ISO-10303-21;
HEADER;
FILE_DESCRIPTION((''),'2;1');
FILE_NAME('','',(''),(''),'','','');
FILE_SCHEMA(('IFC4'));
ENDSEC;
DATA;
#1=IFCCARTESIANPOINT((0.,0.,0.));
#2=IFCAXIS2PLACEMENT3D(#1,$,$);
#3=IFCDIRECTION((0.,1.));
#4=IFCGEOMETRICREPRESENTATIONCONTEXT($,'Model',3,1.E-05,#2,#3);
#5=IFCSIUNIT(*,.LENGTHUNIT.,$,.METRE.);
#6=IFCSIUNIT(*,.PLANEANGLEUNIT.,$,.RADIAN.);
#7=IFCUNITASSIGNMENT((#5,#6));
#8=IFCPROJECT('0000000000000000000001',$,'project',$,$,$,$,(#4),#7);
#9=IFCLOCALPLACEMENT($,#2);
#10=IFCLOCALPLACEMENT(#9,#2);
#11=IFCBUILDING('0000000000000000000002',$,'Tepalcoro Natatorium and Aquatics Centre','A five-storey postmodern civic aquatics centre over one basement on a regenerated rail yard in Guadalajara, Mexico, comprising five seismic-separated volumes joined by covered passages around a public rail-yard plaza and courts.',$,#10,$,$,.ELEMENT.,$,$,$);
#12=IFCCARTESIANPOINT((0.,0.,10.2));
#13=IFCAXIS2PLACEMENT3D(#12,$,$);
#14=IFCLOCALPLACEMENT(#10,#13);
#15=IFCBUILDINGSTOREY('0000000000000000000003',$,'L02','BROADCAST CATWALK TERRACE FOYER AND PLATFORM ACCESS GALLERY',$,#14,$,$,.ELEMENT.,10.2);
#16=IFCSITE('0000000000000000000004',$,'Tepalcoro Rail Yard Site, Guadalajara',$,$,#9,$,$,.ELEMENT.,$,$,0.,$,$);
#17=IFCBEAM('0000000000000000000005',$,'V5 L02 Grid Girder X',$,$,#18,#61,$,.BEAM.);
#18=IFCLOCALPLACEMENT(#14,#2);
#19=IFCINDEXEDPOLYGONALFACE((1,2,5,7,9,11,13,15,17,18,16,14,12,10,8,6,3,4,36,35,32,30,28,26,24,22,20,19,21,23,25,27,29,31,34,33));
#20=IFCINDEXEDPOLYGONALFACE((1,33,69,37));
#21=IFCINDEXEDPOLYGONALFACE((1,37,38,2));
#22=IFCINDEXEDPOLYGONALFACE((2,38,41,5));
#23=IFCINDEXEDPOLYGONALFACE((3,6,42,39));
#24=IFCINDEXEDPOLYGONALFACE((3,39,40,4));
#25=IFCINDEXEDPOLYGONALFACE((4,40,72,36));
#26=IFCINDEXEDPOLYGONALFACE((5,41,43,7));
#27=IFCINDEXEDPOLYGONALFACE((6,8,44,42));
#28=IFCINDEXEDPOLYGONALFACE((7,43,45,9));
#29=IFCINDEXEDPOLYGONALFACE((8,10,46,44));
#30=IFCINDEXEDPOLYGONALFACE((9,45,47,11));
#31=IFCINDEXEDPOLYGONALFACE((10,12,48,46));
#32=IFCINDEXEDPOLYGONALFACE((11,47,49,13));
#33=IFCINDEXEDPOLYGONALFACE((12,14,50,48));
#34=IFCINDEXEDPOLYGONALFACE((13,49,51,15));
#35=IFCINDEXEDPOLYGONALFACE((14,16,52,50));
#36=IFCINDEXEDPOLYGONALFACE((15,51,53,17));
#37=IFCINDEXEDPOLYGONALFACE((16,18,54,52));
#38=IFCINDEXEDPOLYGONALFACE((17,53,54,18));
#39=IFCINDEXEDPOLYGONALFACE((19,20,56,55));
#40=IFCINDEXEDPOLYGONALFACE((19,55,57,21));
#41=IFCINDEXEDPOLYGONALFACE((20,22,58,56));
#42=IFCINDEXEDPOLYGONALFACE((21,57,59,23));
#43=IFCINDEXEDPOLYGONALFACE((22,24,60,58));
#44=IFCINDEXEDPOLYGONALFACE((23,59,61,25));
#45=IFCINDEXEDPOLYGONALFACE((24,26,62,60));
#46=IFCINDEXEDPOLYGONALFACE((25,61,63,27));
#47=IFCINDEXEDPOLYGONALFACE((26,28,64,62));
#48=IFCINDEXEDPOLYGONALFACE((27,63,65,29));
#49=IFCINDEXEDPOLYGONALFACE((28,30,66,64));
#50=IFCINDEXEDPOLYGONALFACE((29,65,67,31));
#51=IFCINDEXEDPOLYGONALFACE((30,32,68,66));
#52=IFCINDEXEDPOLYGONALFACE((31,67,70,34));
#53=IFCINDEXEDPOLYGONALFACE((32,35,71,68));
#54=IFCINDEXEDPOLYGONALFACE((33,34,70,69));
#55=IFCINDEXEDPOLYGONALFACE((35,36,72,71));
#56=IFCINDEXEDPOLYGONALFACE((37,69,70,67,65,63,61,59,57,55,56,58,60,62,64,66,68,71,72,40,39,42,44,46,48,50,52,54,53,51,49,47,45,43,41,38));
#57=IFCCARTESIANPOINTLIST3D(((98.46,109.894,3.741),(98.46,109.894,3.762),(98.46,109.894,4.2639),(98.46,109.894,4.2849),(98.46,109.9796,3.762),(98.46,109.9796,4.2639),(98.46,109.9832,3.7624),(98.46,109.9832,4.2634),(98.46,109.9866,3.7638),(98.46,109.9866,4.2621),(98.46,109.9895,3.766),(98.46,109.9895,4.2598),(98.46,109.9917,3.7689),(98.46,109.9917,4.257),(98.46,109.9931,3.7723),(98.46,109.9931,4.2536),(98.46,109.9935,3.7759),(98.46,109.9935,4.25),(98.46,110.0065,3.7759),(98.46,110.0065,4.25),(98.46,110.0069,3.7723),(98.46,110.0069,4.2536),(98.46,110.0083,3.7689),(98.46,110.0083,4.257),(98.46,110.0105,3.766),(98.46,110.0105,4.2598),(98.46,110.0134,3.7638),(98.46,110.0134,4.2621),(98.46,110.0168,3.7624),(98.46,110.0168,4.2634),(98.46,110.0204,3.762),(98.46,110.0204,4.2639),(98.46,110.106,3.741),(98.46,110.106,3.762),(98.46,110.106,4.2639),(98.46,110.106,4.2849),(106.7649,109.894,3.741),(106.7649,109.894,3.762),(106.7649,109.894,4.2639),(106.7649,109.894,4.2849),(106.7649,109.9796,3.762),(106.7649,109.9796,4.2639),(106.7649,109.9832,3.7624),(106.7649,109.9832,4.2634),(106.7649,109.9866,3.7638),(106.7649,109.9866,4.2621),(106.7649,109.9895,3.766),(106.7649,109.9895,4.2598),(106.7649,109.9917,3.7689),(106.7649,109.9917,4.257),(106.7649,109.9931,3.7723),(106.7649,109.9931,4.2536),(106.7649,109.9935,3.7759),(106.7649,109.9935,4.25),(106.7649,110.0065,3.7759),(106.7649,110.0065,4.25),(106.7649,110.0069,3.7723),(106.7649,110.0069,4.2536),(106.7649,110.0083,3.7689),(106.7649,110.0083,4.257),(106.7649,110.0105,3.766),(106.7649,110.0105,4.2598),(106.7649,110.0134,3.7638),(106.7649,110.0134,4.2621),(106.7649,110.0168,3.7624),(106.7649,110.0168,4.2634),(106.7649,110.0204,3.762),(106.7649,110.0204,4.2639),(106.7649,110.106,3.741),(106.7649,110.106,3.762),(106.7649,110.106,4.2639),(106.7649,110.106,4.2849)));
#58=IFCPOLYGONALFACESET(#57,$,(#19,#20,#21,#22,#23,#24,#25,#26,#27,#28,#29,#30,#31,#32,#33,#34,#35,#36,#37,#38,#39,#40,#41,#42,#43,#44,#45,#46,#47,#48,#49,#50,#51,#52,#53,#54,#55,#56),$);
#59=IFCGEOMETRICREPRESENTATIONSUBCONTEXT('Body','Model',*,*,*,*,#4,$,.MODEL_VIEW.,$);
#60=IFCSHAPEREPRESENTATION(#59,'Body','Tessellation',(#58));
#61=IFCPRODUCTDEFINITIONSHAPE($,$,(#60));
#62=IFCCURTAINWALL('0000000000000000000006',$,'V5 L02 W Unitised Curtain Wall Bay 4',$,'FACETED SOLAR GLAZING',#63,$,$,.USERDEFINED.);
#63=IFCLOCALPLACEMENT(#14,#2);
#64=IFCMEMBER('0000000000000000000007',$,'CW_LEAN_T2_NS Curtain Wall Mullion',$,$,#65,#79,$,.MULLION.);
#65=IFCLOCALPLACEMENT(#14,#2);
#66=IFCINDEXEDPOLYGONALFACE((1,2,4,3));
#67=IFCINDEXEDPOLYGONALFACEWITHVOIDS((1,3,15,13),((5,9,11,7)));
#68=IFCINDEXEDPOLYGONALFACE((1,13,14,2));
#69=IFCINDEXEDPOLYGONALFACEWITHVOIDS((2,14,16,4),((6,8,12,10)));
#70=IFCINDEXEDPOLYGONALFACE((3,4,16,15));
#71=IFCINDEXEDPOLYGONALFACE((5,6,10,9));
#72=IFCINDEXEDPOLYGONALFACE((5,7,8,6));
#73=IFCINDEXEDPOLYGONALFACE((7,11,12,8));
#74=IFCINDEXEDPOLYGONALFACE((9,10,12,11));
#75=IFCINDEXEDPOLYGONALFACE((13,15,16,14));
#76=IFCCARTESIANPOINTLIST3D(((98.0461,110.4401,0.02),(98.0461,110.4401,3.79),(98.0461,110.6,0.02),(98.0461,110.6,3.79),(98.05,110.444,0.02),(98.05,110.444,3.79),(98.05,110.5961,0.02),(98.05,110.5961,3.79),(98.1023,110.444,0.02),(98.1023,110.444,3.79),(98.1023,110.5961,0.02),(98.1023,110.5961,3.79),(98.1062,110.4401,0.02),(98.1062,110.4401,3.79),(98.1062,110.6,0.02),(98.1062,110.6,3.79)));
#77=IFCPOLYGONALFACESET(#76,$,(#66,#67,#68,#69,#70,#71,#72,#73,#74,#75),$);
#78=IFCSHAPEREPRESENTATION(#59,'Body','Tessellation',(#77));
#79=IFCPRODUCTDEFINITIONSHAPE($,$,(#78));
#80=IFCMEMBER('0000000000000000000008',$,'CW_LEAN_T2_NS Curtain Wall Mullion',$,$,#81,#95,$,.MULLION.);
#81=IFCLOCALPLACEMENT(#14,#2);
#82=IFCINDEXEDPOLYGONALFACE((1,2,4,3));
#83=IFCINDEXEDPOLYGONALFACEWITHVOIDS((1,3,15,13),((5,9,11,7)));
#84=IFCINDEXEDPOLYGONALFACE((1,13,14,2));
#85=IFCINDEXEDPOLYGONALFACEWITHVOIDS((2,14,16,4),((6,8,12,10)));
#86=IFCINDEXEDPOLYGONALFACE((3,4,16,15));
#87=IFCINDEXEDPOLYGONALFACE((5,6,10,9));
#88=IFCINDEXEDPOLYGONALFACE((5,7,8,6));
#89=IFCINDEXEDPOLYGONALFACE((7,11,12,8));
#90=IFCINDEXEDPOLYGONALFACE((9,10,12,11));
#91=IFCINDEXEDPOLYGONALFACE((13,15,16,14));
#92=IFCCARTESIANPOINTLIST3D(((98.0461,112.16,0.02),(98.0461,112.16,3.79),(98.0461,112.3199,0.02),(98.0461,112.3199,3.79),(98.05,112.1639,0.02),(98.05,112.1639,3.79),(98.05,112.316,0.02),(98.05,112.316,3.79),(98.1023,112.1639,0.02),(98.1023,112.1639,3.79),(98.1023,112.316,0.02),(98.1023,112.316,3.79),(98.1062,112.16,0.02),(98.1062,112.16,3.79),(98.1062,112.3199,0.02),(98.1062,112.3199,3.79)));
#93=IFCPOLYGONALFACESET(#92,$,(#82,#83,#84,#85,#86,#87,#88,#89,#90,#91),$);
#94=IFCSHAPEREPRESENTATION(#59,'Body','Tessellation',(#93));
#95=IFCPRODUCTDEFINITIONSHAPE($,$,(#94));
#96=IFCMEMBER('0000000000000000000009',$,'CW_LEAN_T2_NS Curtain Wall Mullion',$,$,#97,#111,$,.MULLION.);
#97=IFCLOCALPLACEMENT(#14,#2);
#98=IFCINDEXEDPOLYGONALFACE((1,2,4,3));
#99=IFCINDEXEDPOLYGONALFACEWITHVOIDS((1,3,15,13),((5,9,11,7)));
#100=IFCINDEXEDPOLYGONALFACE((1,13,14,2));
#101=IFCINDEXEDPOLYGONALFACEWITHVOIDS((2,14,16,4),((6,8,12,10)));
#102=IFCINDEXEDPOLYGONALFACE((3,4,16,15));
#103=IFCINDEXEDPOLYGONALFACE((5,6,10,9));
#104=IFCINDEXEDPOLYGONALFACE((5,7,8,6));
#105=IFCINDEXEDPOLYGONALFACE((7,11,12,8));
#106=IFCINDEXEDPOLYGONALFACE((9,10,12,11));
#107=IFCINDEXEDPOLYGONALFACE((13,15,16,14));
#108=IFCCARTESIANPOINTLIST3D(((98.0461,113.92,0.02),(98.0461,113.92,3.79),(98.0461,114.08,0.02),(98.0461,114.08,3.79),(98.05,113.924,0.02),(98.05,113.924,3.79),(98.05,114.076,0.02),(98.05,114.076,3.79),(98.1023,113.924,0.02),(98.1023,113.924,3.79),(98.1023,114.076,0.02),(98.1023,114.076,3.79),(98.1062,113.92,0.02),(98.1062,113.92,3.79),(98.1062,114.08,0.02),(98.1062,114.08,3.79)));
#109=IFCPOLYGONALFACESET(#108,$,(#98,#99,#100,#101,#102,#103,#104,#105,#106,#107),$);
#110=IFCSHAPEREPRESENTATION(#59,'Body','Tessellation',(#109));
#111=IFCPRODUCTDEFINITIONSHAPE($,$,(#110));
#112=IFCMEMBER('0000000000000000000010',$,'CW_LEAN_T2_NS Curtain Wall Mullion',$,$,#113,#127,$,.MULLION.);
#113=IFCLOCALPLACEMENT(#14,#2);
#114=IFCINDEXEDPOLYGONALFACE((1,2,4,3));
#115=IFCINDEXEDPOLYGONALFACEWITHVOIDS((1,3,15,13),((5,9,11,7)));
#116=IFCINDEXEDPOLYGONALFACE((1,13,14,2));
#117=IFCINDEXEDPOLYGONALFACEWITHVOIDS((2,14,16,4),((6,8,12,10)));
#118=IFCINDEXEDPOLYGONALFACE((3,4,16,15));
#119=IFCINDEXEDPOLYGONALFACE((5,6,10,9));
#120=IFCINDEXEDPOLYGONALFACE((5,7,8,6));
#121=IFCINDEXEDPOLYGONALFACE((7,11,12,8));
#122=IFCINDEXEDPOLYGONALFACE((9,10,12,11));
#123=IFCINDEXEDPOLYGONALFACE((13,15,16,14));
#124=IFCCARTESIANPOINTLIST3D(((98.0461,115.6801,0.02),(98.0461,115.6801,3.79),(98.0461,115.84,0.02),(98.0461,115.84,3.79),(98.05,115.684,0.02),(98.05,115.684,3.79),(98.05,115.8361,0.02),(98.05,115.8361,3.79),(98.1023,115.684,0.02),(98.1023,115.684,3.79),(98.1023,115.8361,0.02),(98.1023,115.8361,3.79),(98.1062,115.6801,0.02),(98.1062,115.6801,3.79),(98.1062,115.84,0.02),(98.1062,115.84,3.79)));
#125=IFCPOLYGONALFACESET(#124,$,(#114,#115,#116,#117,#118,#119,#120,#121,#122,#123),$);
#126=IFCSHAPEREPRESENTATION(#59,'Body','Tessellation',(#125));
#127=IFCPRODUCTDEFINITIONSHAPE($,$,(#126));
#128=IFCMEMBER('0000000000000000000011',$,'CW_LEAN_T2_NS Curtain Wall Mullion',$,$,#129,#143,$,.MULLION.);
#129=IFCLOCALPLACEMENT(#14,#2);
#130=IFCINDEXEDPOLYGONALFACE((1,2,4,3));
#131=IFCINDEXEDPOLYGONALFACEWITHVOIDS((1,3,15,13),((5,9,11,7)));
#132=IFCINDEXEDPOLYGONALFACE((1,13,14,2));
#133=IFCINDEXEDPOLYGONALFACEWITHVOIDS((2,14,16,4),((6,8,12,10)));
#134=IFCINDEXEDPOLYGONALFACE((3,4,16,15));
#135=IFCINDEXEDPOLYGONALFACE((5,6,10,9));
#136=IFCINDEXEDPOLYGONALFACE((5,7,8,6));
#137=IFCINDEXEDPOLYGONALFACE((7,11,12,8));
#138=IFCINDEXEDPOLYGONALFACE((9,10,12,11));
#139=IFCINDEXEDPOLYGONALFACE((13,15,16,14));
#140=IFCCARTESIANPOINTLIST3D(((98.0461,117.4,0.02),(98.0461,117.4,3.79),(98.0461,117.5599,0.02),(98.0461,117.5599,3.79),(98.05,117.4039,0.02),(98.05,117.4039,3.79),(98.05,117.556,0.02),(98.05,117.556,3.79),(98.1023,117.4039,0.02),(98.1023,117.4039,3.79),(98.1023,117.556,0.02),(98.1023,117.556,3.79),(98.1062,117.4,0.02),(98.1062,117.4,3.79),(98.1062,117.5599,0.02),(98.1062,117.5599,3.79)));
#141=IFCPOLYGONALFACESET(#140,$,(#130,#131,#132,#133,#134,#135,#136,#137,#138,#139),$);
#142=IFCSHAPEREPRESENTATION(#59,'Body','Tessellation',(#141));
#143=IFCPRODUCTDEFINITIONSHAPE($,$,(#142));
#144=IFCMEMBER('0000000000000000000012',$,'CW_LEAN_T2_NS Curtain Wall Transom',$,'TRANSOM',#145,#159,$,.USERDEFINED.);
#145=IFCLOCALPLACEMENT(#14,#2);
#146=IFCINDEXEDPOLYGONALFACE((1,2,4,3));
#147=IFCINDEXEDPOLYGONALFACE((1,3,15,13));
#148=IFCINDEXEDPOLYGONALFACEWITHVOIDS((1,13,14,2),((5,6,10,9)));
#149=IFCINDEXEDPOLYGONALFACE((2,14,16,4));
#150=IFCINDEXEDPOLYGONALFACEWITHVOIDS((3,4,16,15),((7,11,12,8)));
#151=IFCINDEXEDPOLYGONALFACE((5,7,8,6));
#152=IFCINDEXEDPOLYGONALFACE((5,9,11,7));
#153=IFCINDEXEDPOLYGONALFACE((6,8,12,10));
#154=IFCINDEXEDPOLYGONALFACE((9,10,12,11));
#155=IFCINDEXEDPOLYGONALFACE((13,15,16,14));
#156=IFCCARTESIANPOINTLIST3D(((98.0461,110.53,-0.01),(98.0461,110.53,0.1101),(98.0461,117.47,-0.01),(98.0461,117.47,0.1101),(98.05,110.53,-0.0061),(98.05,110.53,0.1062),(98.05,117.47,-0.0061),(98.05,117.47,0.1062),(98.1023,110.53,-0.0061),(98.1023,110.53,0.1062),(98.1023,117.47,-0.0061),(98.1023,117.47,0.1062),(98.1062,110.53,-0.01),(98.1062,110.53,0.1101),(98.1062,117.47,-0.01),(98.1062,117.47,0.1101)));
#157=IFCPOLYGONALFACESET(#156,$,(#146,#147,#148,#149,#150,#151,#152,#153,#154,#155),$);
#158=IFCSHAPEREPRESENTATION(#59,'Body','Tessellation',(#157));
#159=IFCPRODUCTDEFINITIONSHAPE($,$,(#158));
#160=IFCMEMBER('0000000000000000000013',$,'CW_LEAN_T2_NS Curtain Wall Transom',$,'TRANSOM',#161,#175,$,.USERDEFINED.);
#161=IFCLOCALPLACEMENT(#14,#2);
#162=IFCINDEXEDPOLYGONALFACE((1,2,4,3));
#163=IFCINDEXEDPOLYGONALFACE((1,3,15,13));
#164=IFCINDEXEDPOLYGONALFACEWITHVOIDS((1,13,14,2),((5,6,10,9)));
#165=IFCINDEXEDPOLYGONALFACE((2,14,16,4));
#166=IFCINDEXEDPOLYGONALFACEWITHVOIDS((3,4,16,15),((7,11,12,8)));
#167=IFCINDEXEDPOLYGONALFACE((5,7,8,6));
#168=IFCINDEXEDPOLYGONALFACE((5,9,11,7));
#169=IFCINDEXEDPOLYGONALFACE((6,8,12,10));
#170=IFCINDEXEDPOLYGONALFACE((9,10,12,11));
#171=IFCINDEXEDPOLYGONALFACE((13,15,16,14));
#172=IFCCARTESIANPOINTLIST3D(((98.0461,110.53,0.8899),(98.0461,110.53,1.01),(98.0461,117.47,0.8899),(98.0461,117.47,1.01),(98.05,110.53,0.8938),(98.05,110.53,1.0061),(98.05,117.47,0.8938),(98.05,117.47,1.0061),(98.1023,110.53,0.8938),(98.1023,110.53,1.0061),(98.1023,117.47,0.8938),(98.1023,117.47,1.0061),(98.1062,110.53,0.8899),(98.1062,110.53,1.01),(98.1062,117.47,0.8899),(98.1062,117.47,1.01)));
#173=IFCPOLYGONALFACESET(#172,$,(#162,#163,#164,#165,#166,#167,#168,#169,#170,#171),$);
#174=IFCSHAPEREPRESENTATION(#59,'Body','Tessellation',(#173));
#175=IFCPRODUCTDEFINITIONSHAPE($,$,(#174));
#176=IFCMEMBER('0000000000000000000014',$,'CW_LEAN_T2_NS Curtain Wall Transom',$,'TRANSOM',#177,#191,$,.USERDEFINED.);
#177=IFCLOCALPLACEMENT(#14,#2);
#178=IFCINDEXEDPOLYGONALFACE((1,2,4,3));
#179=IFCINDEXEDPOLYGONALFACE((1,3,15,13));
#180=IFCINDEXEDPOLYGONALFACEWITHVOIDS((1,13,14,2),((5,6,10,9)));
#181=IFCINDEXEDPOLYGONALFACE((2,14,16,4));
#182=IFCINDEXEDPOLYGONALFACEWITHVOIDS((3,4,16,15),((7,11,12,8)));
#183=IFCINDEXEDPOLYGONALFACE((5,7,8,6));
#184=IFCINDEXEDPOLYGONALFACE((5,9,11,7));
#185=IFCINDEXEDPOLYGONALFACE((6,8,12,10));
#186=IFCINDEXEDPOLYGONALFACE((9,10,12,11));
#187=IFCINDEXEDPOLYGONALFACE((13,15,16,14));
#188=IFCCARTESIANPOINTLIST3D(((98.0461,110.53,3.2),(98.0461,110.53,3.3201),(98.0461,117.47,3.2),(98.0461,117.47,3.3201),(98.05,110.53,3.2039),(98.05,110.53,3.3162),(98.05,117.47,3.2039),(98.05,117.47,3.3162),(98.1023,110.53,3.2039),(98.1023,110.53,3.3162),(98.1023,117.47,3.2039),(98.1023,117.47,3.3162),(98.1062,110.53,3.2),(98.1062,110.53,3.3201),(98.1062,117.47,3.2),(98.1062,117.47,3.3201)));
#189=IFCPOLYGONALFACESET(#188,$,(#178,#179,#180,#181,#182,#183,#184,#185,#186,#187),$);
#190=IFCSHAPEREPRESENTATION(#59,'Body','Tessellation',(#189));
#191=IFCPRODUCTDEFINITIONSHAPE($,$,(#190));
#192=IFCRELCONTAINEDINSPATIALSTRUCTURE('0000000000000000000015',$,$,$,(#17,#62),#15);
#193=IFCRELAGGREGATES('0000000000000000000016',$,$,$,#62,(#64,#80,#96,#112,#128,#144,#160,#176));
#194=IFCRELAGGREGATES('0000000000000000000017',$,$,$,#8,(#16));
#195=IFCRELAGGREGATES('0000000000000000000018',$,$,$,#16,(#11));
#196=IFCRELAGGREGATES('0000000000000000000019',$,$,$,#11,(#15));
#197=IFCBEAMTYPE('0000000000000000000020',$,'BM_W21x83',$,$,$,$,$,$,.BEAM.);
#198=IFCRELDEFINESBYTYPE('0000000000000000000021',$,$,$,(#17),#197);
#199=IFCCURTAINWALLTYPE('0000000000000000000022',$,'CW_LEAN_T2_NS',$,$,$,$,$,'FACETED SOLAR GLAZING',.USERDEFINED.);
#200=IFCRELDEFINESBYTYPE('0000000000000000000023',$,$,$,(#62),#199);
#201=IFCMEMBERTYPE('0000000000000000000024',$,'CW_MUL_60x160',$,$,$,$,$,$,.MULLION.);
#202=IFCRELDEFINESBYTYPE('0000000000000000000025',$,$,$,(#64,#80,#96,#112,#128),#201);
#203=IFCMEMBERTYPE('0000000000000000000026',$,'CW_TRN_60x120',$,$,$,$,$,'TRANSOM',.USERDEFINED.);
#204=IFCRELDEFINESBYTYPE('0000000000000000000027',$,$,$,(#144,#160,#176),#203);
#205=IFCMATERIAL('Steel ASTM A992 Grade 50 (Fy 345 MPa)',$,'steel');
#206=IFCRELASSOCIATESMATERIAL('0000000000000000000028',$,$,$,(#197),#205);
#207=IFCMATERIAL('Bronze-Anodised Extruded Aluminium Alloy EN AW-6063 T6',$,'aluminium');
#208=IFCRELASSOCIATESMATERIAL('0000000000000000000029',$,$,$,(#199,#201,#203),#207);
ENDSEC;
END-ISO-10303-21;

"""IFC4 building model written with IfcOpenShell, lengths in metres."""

from ifc_helpers import new_model, si_unit, direction, frame, origin, origin_2d, place, context, subcontext, project, spatial, hollow_rectangle, i_section, extrude, material, material_profile, profile_set, type_object, element, aggregate, save


model = new_model("IFC4")

# Units and contexts
model_context = context("Model", 3, precision=1e-05, world=origin(), true_north=direction((0.0, 1.0)))
body_context = subcontext(model_context, "Body", "Model", "MODEL_VIEW")
ifc_project = project(units=[si_unit("LENGTHUNIT", "METRE"), si_unit("PLANEANGLEUNIT", "RADIAN")], contexts=[model_context])

# Site, building, storey
site_placement = place(None, origin())
site = spatial("IfcSite", under=ifc_project, at=site_placement, Name="Tepalcoro Rail Yard Site, Guadalajara", CompositionType="ELEMENT", RefElevation=0.0)
building_placement = place(site_placement, origin())
building = spatial("IfcBuilding", under=site, at=building_placement, Name="Tepalcoro Natatorium and Aquatics Centre", Description="A five-storey postmodern civic aquatics centre over one basement on a regenerated rail yard in Guadalajara, Mexico, comprising five seismic-separated volumes joined by covered passages around a public rail-yard plaza and courts.", CompositionType="ELEMENT")
storey_placement = place(building_placement, frame((0.0, 0.0, 10.2)))
storey = spatial("IfcBuildingStorey", under=building, at=storey_placement, Name="L02", Description="BROADCAST CATWALK TERRACE FOYER AND PLATFORM ACCESS GALLERY", CompositionType="ELEMENT", Elevation=10.2)

# Beam
ifc_material_1 = material(Name="Steel ASTM A992 Grade 50 (Fy 345 MPa)", Category="steel")
ifc_material_profile_1 = material_profile(ifc_material_1, i_section(OverallWidth=0.2119, OverallDepth=0.5439, WebThickness=0.0129, FlangeThickness=0.021, FilletRadius=0.0139, at=origin_2d()), Name="W21X83")
ifc_profile_set_1 = profile_set([ifc_material_profile_1], Name="Steel ASTM A992 Grade 50 (Fy 345 MPa)")
beam_type_1 = type_object("IfcBeamType", Name="BM_W21x83", PredefinedType="BEAM", material=ifc_profile_set_1)
beam_1_placement = place(storey_placement, frame((98.46, 110.0, 4.0129), z_axis=(1.0, 0.0, 0.0), x_axis=(0.0, 1.0, 0.0)))
element("IfcBeam", 1, at=beam_1_placement, inside=storey, type_object=beam_type_1, Name="V5 L02 Grid Girder X", PredefinedType="BEAM", context=body_context, shape_type="SweptSolid", body=[
    extrude(i_section(OverallWidth=0.2119, OverallDepth=0.5439, WebThickness=0.0129, FlangeThickness=0.021, FilletRadius=0.0139, at=origin_2d()), origin(), (0.0, 0.0, 1.0), 8.3049),
])

# Curtain wall, members
ifc_material_2 = material(Name="Bronze-Anodised Extruded Aluminium Alloy EN AW-6063 T6", Category="aluminium")
curtain_wall_type = type_object("IfcCurtainWallType", Name="CW_LEAN_T2_NS", ElementType="FACETED SOLAR GLAZING", PredefinedType="USERDEFINED", material=ifc_material_2)
curtain_wall_placement = place(storey_placement, origin())
curtain_wall = element("IfcCurtainWall", 2, at=curtain_wall_placement, inside=storey, type_object=curtain_wall_type, Name="V5 L02 W Unitised Curtain Wall Bay 4", ObjectType="FACETED SOLAR GLAZING", PredefinedType="USERDEFINED")
ifc_material_profile_2 = material_profile(ifc_material_2, hollow_rectangle(XDim=0.0601, YDim=0.1599, WallThickness=0.0039, at=origin_2d()), Name="AL60X160X4")
ifc_profile_set_2 = profile_set([ifc_material_profile_2], Name="Bronze-Anodised Extruded Aluminium Alloy EN AW-6063 T6")
member_type_1 = type_object("IfcMemberType", Name="CW_MUL_60x160", PredefinedType="MULLION", material=ifc_profile_set_2)
member_1_placement = place(storey_placement, frame((98.0762, 110.52, 0.02), z_axis=(0.0, 0.0, 1.0), x_axis=(1.0, 0.0, 0.0)))
member_1 = element("IfcMember", 3, at=member_1_placement, type_object=member_type_1, Name="CW_LEAN_T2_NS Curtain Wall Mullion", PredefinedType="MULLION", context=body_context, shape_type="SweptSolid", body=[
    extrude(hollow_rectangle(XDim=0.0601, YDim=0.1599, WallThickness=0.0039, at=origin_2d()), origin(), (0.0, 0.0, 1.0), 3.77),
])
member_2_placement = place(storey_placement, frame((98.0762, 112.24, 0.02), z_axis=(0.0, 0.0, 1.0), x_axis=(1.0, 0.0, 0.0)))
member_2 = element("IfcMember", 4, at=member_2_placement, type_object=member_type_1, Name="CW_LEAN_T2_NS Curtain Wall Mullion", PredefinedType="MULLION", context=body_context, shape_type="SweptSolid", body=[
    extrude(hollow_rectangle(XDim=0.0601, YDim=0.1599, WallThickness=0.0039, at=origin_2d()), origin(), (0.0, 0.0, 1.0), 3.77),
])
member_3_placement = place(storey_placement, frame((98.0762, 114.0, 0.02), z_axis=(0.0, 0.0, 1.0), x_axis=(1.0, 0.0, 0.0)))
member_3 = element("IfcMember", 5, at=member_3_placement, type_object=member_type_1, Name="CW_LEAN_T2_NS Curtain Wall Mullion", PredefinedType="MULLION", context=body_context, shape_type="SweptSolid", body=[
    extrude(hollow_rectangle(XDim=0.0601, YDim=0.1599, WallThickness=0.0039, at=origin_2d()), origin(), (0.0, 0.0, 1.0), 3.77),
])
member_4_placement = place(storey_placement, frame((98.0762, 115.76, 0.02), z_axis=(0.0, 0.0, 1.0), x_axis=(1.0, 0.0, 0.0)))
member_4 = element("IfcMember", 6, at=member_4_placement, type_object=member_type_1, Name="CW_LEAN_T2_NS Curtain Wall Mullion", PredefinedType="MULLION", context=body_context, shape_type="SweptSolid", body=[
    extrude(hollow_rectangle(XDim=0.0601, YDim=0.1599, WallThickness=0.0039, at=origin_2d()), origin(), (0.0, 0.0, 1.0), 3.77),
])
member_5_placement = place(storey_placement, frame((98.0762, 117.48, 0.02), z_axis=(0.0, 0.0, 1.0), x_axis=(1.0, 0.0, 0.0)))
member_5 = element("IfcMember", 7, at=member_5_placement, type_object=member_type_1, Name="CW_LEAN_T2_NS Curtain Wall Mullion", PredefinedType="MULLION", context=body_context, shape_type="SweptSolid", body=[
    extrude(hollow_rectangle(XDim=0.0601, YDim=0.1599, WallThickness=0.0039, at=origin_2d()), origin(), (0.0, 0.0, 1.0), 3.77),
])
ifc_material_profile_3 = material_profile(ifc_material_2, hollow_rectangle(XDim=0.0601, YDim=0.1201, WallThickness=0.0039, at=origin_2d()), Name="AL60X120X4")
ifc_profile_set_3 = profile_set([ifc_material_profile_3], Name="Bronze-Anodised Extruded Aluminium Alloy EN AW-6063 T6")
member_type_2 = type_object("IfcMemberType", Name="CW_TRN_60x120", ElementType="TRANSOM", PredefinedType="USERDEFINED", material=ifc_profile_set_3)
member_6_placement = place(storey_placement, frame((98.0762, 110.53, 0.05), z_axis=(0.0, 1.0, 0.0), x_axis=(-1.0, 0.0, 0.0)))
member_6 = element("IfcMember", 8, at=member_6_placement, type_object=member_type_2, Name="CW_LEAN_T2_NS Curtain Wall Transom", ObjectType="TRANSOM", PredefinedType="USERDEFINED", context=body_context, shape_type="SweptSolid", body=[
    extrude(hollow_rectangle(XDim=0.0601, YDim=0.1201, WallThickness=0.0039, at=origin_2d()), origin(), (0.0, 0.0, 1.0), 6.9399),
])
member_7_placement = place(storey_placement, frame((98.0762, 110.53, 0.95), z_axis=(0.0, 1.0, 0.0), x_axis=(-1.0, 0.0, 0.0)))
member_7 = element("IfcMember", 9, at=member_7_placement, type_object=member_type_2, Name="CW_LEAN_T2_NS Curtain Wall Transom", ObjectType="TRANSOM", PredefinedType="USERDEFINED", context=body_context, shape_type="SweptSolid", body=[
    extrude(hollow_rectangle(XDim=0.0601, YDim=0.1201, WallThickness=0.0039, at=origin_2d()), origin(), (0.0, 0.0, 1.0), 6.9399),
])
member_8_placement = place(storey_placement, frame((98.0762, 110.53, 3.26), z_axis=(0.0, 1.0, 0.0), x_axis=(-1.0, 0.0, 0.0)))
member_8 = element("IfcMember", 10, at=member_8_placement, type_object=member_type_2, Name="CW_LEAN_T2_NS Curtain Wall Transom", ObjectType="TRANSOM", PredefinedType="USERDEFINED", context=body_context, shape_type="SweptSolid", body=[
    extrude(hollow_rectangle(XDim=0.0601, YDim=0.1201, WallThickness=0.0039, at=origin_2d()), origin(), (0.0, 0.0, 1.0), 6.9399),
])

aggregate(curtain_wall, [member_1, member_2, member_3, member_4, member_5, member_6, member_7, member_8])

save(model, "model.ifc")
